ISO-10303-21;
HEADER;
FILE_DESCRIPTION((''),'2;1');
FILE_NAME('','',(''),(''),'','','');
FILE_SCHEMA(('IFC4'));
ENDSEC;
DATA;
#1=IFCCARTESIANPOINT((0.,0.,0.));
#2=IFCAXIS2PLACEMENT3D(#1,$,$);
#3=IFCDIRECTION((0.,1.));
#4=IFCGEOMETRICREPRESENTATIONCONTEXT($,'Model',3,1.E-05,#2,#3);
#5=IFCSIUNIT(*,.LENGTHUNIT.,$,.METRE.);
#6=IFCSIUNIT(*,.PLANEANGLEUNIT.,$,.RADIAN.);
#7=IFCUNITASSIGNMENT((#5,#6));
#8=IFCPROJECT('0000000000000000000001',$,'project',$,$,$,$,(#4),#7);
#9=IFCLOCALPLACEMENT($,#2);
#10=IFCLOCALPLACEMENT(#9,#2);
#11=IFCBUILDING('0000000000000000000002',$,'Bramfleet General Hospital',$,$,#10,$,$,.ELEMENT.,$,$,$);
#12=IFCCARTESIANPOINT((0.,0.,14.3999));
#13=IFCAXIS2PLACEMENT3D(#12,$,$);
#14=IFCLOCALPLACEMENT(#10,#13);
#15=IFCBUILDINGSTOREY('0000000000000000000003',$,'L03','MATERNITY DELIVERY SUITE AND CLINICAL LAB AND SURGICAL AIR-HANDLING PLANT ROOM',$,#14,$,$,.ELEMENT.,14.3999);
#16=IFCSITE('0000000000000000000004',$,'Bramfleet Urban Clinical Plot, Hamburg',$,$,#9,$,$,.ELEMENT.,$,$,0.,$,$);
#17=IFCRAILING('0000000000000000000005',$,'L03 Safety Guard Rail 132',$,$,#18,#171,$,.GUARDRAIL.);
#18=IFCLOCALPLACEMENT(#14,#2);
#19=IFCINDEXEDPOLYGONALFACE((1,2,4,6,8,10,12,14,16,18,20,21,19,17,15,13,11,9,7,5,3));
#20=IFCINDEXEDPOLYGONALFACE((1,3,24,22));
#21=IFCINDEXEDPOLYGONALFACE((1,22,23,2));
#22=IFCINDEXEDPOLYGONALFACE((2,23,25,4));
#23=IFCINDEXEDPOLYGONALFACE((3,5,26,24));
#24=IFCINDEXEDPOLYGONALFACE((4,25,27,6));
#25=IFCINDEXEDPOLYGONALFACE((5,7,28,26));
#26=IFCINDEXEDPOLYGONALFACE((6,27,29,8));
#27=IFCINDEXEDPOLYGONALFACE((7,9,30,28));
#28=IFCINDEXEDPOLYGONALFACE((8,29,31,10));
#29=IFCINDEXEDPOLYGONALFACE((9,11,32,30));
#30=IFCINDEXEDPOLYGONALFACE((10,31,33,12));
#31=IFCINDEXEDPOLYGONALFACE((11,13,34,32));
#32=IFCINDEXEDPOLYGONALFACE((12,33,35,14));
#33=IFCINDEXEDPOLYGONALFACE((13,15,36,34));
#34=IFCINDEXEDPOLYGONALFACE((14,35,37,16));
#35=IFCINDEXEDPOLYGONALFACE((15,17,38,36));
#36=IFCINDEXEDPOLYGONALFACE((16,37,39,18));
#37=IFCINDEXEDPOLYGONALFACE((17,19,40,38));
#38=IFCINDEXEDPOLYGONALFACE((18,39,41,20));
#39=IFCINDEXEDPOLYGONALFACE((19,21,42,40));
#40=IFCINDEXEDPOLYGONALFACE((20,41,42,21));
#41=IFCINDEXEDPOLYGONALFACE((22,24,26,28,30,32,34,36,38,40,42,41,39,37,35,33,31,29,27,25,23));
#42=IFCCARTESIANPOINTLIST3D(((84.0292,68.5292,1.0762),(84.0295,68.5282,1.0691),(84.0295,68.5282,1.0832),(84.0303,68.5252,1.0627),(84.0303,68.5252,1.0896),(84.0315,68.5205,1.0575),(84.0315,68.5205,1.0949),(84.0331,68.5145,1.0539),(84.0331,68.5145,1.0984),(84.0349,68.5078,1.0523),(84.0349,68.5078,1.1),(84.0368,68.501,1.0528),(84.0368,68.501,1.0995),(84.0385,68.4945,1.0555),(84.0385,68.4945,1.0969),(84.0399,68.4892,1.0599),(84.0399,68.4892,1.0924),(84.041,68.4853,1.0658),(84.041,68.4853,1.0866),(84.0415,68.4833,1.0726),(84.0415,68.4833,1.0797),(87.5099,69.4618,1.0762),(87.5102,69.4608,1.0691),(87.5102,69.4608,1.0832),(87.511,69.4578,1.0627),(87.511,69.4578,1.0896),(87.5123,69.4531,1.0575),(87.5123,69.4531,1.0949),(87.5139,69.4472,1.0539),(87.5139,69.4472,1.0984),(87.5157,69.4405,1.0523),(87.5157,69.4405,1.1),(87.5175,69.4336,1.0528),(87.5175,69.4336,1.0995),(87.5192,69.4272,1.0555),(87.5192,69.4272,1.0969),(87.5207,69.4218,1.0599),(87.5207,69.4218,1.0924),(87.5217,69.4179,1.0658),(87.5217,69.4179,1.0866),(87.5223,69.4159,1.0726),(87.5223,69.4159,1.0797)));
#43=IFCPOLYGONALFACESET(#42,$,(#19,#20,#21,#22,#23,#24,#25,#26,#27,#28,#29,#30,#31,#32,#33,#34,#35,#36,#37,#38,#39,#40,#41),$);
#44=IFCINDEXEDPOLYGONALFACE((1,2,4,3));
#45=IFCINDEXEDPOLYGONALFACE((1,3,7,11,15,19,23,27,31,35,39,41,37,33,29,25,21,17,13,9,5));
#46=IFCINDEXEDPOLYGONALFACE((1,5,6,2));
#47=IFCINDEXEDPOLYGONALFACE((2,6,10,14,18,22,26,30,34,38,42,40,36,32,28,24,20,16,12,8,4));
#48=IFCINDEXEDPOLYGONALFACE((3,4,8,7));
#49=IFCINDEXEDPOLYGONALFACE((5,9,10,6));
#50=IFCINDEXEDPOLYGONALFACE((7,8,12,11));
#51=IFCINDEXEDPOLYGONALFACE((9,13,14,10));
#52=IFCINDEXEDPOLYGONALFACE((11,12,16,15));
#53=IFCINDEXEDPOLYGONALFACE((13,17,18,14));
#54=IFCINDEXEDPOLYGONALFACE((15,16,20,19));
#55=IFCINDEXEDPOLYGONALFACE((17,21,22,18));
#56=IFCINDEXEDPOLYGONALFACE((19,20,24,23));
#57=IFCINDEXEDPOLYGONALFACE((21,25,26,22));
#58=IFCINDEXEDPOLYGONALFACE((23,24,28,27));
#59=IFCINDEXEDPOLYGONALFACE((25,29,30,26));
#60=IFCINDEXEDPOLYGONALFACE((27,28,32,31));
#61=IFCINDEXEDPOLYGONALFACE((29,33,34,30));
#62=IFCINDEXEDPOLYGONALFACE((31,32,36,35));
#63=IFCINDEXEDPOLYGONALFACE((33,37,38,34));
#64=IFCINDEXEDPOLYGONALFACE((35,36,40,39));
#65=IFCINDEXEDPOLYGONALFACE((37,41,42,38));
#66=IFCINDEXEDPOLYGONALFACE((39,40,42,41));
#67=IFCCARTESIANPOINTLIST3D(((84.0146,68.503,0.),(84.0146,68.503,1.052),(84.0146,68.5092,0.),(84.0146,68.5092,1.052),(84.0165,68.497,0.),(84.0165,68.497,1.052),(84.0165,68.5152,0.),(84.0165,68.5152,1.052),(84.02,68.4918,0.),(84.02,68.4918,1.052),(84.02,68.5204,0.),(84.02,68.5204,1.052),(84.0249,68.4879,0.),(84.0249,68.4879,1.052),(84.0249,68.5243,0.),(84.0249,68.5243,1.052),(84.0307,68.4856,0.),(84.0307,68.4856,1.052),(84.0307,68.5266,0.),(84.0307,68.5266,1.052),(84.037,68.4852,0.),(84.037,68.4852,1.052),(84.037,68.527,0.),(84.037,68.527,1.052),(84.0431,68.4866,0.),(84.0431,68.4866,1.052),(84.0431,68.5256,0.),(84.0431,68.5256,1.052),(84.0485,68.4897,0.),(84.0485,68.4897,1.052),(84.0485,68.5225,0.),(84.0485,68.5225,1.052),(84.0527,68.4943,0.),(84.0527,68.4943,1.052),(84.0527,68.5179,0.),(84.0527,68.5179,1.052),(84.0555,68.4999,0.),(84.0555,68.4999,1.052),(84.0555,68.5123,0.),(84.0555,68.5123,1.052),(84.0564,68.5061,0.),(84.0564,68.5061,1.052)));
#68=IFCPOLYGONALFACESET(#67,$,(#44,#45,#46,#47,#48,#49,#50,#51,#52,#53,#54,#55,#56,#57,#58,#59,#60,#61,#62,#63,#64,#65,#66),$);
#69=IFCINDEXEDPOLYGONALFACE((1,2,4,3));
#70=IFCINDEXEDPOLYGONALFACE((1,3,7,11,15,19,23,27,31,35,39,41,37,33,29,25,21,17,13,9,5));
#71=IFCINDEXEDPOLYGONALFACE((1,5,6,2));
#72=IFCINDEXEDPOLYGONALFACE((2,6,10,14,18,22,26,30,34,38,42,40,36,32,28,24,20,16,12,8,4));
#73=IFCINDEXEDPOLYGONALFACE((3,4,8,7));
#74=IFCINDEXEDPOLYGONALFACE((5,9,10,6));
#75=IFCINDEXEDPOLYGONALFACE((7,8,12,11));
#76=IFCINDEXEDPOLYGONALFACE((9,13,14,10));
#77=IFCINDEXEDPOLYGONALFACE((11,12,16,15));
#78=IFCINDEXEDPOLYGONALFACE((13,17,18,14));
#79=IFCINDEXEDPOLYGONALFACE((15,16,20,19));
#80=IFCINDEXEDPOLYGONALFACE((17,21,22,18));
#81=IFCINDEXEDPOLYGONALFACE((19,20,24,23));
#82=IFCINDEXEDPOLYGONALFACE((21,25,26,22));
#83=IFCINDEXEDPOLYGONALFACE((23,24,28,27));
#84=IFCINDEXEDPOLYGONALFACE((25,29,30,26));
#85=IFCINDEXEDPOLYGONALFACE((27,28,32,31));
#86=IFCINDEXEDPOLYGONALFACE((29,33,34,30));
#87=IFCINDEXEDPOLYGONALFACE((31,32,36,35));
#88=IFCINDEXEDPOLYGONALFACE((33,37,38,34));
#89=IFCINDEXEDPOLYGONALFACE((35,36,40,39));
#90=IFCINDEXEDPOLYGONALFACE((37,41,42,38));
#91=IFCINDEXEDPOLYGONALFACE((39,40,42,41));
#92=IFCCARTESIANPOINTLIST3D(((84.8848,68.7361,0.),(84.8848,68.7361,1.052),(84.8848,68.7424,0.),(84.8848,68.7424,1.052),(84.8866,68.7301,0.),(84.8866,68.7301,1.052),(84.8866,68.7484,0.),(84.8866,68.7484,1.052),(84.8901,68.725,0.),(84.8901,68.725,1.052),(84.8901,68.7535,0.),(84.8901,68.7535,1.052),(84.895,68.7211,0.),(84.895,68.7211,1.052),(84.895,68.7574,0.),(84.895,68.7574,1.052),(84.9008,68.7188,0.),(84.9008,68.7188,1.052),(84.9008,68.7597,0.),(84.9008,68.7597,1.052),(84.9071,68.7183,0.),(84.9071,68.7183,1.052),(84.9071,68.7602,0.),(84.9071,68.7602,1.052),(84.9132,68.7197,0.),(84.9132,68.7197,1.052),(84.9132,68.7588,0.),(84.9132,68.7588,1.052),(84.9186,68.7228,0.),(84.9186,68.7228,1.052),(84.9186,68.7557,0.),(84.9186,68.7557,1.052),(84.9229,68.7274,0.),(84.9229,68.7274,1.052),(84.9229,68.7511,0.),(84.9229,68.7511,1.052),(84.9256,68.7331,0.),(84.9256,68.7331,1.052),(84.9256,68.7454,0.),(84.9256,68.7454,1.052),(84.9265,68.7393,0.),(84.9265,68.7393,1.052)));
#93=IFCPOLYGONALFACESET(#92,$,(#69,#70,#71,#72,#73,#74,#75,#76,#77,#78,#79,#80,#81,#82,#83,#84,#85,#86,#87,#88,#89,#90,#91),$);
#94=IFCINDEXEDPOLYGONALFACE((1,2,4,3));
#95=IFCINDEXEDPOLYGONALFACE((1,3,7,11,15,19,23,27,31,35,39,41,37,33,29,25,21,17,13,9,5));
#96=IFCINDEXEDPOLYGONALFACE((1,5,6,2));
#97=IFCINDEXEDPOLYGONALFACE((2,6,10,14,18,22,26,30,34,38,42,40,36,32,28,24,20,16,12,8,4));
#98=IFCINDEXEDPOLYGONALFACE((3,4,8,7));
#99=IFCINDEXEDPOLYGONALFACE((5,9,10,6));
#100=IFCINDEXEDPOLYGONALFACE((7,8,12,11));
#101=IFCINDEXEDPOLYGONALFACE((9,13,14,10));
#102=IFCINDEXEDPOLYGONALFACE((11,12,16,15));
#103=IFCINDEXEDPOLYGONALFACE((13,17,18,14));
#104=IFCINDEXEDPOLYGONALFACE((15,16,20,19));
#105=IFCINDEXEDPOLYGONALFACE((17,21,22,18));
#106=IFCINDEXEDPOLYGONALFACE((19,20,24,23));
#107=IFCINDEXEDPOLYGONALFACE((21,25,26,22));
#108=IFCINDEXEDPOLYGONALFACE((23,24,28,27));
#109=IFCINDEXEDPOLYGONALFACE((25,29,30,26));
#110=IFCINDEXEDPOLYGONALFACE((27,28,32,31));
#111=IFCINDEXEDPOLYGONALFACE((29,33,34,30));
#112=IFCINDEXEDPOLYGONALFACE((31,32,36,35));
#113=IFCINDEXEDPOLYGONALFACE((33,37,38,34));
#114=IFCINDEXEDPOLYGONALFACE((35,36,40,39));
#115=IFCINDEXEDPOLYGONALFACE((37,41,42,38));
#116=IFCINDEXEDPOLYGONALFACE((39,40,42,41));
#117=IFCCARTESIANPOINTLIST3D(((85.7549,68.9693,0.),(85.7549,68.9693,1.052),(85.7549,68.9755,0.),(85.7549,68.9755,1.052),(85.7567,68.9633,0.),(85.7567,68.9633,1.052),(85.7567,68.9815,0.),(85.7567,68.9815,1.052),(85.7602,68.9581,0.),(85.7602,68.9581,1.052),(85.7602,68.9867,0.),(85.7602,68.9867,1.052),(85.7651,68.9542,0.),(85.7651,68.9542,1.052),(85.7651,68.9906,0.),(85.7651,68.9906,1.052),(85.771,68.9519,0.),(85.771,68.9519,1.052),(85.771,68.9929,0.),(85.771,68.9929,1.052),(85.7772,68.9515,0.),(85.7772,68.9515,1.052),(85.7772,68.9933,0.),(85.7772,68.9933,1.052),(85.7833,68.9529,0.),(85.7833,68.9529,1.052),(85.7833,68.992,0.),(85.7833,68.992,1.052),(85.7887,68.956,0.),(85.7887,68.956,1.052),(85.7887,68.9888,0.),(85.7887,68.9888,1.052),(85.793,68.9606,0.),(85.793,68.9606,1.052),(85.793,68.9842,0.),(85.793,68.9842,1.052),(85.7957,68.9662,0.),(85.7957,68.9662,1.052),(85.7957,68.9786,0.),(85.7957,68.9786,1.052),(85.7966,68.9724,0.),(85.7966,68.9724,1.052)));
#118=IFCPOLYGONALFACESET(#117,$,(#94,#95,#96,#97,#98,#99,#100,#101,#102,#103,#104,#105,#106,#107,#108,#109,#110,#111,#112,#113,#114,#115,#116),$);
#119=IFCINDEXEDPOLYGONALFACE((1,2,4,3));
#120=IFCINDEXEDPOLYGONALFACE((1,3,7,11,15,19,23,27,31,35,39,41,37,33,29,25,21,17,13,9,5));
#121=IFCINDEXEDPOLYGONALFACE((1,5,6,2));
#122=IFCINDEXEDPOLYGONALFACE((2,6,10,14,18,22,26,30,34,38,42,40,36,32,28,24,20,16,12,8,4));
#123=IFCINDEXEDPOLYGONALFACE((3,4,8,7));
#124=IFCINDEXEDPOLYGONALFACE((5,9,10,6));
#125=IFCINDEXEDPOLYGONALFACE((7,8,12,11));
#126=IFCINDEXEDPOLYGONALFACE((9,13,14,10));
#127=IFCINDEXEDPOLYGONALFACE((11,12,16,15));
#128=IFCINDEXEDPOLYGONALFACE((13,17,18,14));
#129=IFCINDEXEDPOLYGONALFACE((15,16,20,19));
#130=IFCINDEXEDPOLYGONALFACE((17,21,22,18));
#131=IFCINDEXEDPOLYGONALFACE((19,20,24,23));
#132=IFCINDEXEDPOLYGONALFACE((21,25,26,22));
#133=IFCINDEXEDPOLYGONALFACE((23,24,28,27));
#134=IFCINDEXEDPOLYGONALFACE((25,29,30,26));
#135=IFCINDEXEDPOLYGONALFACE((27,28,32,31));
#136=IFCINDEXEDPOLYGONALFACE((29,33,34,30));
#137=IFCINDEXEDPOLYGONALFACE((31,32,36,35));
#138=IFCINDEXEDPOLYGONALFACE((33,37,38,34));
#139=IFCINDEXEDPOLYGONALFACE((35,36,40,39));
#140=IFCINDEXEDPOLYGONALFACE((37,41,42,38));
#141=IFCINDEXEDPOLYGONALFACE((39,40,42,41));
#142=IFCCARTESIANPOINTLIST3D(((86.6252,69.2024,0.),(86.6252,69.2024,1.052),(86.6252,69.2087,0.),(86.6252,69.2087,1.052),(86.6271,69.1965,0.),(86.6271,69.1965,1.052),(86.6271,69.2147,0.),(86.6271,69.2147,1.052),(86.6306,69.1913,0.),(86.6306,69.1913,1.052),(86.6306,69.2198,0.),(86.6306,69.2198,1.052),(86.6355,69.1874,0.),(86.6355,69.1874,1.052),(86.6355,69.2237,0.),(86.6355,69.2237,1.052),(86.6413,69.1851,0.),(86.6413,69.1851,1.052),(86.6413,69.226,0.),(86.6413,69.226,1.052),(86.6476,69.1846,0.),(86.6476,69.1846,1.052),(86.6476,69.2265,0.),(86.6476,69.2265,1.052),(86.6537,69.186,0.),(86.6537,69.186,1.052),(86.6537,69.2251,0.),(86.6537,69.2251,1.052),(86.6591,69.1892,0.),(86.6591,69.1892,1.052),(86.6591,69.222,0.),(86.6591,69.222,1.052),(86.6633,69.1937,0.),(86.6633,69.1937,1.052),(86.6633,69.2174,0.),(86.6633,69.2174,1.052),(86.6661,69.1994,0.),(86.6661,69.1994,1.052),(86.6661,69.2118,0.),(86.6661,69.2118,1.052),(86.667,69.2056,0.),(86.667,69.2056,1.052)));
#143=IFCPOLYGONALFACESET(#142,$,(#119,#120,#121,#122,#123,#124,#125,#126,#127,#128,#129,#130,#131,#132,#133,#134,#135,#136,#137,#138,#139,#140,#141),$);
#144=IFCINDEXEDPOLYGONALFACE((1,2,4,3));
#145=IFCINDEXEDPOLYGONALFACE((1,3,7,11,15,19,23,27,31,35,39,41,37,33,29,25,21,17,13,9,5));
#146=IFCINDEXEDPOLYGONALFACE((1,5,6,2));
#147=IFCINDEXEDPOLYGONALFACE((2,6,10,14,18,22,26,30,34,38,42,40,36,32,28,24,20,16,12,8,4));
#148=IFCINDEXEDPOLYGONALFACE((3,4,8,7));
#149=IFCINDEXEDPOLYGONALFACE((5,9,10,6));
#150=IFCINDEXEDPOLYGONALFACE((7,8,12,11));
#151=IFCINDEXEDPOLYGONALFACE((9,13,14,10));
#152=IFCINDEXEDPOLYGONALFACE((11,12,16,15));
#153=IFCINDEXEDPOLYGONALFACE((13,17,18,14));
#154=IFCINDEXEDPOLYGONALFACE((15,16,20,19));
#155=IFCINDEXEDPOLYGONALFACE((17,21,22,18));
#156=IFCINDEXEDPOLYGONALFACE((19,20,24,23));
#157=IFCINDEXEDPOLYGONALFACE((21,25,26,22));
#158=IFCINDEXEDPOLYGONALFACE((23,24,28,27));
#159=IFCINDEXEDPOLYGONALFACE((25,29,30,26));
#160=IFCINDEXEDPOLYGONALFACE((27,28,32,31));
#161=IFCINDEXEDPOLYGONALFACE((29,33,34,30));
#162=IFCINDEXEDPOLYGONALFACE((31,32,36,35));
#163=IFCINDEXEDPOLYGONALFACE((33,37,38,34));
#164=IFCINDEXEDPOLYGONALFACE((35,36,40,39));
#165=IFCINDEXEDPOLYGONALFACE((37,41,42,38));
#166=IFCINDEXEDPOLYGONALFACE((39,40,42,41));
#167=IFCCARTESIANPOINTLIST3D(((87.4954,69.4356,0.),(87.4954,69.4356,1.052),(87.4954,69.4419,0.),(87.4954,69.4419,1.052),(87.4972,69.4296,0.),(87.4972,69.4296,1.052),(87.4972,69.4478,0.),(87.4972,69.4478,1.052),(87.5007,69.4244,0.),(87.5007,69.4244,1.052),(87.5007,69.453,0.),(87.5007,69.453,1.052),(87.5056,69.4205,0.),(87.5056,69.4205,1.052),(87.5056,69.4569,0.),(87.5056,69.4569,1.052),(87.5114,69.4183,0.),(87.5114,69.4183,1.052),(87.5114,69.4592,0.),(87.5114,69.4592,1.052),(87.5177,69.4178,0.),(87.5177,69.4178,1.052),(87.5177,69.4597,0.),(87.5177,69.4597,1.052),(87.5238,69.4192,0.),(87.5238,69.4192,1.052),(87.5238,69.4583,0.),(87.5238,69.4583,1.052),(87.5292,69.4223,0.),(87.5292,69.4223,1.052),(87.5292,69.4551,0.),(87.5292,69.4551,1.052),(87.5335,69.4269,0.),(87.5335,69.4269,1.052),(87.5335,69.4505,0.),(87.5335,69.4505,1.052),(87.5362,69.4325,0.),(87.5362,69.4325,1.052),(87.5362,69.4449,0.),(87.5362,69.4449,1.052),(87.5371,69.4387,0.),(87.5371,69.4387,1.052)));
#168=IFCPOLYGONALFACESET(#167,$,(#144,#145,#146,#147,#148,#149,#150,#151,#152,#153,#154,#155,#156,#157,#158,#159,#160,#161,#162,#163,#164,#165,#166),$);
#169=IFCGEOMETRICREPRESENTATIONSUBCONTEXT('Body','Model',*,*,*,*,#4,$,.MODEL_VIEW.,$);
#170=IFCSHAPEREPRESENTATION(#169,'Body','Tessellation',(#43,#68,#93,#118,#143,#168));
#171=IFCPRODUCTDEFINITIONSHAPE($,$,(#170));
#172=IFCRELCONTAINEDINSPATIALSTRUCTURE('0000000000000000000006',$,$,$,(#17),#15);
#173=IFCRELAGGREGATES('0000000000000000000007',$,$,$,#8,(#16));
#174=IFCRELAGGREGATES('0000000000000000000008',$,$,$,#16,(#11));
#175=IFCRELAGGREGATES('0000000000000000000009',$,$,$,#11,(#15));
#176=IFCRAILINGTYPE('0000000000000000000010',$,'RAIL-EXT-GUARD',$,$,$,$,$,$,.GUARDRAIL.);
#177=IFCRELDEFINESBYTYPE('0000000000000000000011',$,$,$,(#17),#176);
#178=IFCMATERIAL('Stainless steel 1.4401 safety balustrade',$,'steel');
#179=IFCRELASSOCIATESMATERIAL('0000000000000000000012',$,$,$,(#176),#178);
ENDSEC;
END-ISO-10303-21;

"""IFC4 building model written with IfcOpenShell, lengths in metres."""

from ifc_helpers import new_model, si_unit, direction, frame, origin, origin_2d, place, context, subcontext, project, spatial, circle, extrude, material, type_object, element, save


model = new_model("IFC4")

# Units and contexts
model_context = context("Model", 3, precision=1e-05, world=origin(), true_north=direction((0.0, 1.0)))
body_context = subcontext(model_context, "Body", "Model", "MODEL_VIEW")
ifc_project = project(units=[si_unit("LENGTHUNIT", "METRE"), si_unit("PLANEANGLEUNIT", "RADIAN")], contexts=[model_context])

# Site, building, storey
site_placement = place(None, origin())
site = spatial("IfcSite", under=ifc_project, at=site_placement, Name="Bramfleet Urban Clinical Plot, Hamburg", CompositionType="ELEMENT", RefElevation=0.0)
building_placement = place(site_placement, origin())
building = spatial("IfcBuilding", under=site, at=building_placement, Name="Bramfleet General Hospital", CompositionType="ELEMENT")
storey_placement = place(building_placement, frame((0.0, 0.0, 14.3999)))
storey = spatial("IfcBuildingStorey", under=building, at=storey_placement, Name="L03", Description="MATERNITY DELIVERY SUITE AND CLINICAL LAB AND SURGICAL AIR-HANDLING PLANT ROOM", CompositionType="ELEMENT", Elevation=14.3999)

# Railing
ifc_material_1 = material(Name="Stainless steel 1.4401 safety balustrade", Category="steel")
railing_type = type_object("IfcRailingType", Name="RAIL-EXT-GUARD", PredefinedType="GUARDRAIL", material=ifc_material_1)
railing_1_placement = place(storey_placement, frame((84.0354, 68.5061, 0.0)))
element("IfcRailing", 1, at=railing_1_placement, inside=storey, type_object=railing_type, Name="L03 Safety Guard Rail 132", PredefinedType="GUARDRAIL", context=body_context, shape_type="SweptSolid", body=[
    extrude(circle(Radius=0.0239, at=origin_2d()), frame((0.0, 0.0, 1.0762), z_axis=(0.965928, 0.258809, 0.0), x_axis=(-0.258809, 0.965928, 0.0)), (0.0, 0.0, 1.0), 3.6035),
    extrude(circle(Radius=0.021, at=origin_2d()), origin(), (0.0, 0.0, 1.0), 1.052),
    extrude(circle(Radius=0.021, at=origin_2d()), frame((0.8701, 0.2332, 0.0)), (0.0, 0.0, 1.0), 1.052),
    extrude(circle(Radius=0.021, at=origin_2d()), frame((1.7402, 0.4663, 0.0)), (0.0, 0.0, 1.0), 1.052),
    extrude(circle(Radius=0.021, at=origin_2d()), frame((2.6106, 0.6995, 0.0)), (0.0, 0.0, 1.0), 1.052),
    extrude(circle(Radius=0.021, at=origin_2d()), frame((3.4807, 0.9326, 0.0)), (0.0, 0.0, 1.0), 1.052),
])

save(model, "model.ifc")
